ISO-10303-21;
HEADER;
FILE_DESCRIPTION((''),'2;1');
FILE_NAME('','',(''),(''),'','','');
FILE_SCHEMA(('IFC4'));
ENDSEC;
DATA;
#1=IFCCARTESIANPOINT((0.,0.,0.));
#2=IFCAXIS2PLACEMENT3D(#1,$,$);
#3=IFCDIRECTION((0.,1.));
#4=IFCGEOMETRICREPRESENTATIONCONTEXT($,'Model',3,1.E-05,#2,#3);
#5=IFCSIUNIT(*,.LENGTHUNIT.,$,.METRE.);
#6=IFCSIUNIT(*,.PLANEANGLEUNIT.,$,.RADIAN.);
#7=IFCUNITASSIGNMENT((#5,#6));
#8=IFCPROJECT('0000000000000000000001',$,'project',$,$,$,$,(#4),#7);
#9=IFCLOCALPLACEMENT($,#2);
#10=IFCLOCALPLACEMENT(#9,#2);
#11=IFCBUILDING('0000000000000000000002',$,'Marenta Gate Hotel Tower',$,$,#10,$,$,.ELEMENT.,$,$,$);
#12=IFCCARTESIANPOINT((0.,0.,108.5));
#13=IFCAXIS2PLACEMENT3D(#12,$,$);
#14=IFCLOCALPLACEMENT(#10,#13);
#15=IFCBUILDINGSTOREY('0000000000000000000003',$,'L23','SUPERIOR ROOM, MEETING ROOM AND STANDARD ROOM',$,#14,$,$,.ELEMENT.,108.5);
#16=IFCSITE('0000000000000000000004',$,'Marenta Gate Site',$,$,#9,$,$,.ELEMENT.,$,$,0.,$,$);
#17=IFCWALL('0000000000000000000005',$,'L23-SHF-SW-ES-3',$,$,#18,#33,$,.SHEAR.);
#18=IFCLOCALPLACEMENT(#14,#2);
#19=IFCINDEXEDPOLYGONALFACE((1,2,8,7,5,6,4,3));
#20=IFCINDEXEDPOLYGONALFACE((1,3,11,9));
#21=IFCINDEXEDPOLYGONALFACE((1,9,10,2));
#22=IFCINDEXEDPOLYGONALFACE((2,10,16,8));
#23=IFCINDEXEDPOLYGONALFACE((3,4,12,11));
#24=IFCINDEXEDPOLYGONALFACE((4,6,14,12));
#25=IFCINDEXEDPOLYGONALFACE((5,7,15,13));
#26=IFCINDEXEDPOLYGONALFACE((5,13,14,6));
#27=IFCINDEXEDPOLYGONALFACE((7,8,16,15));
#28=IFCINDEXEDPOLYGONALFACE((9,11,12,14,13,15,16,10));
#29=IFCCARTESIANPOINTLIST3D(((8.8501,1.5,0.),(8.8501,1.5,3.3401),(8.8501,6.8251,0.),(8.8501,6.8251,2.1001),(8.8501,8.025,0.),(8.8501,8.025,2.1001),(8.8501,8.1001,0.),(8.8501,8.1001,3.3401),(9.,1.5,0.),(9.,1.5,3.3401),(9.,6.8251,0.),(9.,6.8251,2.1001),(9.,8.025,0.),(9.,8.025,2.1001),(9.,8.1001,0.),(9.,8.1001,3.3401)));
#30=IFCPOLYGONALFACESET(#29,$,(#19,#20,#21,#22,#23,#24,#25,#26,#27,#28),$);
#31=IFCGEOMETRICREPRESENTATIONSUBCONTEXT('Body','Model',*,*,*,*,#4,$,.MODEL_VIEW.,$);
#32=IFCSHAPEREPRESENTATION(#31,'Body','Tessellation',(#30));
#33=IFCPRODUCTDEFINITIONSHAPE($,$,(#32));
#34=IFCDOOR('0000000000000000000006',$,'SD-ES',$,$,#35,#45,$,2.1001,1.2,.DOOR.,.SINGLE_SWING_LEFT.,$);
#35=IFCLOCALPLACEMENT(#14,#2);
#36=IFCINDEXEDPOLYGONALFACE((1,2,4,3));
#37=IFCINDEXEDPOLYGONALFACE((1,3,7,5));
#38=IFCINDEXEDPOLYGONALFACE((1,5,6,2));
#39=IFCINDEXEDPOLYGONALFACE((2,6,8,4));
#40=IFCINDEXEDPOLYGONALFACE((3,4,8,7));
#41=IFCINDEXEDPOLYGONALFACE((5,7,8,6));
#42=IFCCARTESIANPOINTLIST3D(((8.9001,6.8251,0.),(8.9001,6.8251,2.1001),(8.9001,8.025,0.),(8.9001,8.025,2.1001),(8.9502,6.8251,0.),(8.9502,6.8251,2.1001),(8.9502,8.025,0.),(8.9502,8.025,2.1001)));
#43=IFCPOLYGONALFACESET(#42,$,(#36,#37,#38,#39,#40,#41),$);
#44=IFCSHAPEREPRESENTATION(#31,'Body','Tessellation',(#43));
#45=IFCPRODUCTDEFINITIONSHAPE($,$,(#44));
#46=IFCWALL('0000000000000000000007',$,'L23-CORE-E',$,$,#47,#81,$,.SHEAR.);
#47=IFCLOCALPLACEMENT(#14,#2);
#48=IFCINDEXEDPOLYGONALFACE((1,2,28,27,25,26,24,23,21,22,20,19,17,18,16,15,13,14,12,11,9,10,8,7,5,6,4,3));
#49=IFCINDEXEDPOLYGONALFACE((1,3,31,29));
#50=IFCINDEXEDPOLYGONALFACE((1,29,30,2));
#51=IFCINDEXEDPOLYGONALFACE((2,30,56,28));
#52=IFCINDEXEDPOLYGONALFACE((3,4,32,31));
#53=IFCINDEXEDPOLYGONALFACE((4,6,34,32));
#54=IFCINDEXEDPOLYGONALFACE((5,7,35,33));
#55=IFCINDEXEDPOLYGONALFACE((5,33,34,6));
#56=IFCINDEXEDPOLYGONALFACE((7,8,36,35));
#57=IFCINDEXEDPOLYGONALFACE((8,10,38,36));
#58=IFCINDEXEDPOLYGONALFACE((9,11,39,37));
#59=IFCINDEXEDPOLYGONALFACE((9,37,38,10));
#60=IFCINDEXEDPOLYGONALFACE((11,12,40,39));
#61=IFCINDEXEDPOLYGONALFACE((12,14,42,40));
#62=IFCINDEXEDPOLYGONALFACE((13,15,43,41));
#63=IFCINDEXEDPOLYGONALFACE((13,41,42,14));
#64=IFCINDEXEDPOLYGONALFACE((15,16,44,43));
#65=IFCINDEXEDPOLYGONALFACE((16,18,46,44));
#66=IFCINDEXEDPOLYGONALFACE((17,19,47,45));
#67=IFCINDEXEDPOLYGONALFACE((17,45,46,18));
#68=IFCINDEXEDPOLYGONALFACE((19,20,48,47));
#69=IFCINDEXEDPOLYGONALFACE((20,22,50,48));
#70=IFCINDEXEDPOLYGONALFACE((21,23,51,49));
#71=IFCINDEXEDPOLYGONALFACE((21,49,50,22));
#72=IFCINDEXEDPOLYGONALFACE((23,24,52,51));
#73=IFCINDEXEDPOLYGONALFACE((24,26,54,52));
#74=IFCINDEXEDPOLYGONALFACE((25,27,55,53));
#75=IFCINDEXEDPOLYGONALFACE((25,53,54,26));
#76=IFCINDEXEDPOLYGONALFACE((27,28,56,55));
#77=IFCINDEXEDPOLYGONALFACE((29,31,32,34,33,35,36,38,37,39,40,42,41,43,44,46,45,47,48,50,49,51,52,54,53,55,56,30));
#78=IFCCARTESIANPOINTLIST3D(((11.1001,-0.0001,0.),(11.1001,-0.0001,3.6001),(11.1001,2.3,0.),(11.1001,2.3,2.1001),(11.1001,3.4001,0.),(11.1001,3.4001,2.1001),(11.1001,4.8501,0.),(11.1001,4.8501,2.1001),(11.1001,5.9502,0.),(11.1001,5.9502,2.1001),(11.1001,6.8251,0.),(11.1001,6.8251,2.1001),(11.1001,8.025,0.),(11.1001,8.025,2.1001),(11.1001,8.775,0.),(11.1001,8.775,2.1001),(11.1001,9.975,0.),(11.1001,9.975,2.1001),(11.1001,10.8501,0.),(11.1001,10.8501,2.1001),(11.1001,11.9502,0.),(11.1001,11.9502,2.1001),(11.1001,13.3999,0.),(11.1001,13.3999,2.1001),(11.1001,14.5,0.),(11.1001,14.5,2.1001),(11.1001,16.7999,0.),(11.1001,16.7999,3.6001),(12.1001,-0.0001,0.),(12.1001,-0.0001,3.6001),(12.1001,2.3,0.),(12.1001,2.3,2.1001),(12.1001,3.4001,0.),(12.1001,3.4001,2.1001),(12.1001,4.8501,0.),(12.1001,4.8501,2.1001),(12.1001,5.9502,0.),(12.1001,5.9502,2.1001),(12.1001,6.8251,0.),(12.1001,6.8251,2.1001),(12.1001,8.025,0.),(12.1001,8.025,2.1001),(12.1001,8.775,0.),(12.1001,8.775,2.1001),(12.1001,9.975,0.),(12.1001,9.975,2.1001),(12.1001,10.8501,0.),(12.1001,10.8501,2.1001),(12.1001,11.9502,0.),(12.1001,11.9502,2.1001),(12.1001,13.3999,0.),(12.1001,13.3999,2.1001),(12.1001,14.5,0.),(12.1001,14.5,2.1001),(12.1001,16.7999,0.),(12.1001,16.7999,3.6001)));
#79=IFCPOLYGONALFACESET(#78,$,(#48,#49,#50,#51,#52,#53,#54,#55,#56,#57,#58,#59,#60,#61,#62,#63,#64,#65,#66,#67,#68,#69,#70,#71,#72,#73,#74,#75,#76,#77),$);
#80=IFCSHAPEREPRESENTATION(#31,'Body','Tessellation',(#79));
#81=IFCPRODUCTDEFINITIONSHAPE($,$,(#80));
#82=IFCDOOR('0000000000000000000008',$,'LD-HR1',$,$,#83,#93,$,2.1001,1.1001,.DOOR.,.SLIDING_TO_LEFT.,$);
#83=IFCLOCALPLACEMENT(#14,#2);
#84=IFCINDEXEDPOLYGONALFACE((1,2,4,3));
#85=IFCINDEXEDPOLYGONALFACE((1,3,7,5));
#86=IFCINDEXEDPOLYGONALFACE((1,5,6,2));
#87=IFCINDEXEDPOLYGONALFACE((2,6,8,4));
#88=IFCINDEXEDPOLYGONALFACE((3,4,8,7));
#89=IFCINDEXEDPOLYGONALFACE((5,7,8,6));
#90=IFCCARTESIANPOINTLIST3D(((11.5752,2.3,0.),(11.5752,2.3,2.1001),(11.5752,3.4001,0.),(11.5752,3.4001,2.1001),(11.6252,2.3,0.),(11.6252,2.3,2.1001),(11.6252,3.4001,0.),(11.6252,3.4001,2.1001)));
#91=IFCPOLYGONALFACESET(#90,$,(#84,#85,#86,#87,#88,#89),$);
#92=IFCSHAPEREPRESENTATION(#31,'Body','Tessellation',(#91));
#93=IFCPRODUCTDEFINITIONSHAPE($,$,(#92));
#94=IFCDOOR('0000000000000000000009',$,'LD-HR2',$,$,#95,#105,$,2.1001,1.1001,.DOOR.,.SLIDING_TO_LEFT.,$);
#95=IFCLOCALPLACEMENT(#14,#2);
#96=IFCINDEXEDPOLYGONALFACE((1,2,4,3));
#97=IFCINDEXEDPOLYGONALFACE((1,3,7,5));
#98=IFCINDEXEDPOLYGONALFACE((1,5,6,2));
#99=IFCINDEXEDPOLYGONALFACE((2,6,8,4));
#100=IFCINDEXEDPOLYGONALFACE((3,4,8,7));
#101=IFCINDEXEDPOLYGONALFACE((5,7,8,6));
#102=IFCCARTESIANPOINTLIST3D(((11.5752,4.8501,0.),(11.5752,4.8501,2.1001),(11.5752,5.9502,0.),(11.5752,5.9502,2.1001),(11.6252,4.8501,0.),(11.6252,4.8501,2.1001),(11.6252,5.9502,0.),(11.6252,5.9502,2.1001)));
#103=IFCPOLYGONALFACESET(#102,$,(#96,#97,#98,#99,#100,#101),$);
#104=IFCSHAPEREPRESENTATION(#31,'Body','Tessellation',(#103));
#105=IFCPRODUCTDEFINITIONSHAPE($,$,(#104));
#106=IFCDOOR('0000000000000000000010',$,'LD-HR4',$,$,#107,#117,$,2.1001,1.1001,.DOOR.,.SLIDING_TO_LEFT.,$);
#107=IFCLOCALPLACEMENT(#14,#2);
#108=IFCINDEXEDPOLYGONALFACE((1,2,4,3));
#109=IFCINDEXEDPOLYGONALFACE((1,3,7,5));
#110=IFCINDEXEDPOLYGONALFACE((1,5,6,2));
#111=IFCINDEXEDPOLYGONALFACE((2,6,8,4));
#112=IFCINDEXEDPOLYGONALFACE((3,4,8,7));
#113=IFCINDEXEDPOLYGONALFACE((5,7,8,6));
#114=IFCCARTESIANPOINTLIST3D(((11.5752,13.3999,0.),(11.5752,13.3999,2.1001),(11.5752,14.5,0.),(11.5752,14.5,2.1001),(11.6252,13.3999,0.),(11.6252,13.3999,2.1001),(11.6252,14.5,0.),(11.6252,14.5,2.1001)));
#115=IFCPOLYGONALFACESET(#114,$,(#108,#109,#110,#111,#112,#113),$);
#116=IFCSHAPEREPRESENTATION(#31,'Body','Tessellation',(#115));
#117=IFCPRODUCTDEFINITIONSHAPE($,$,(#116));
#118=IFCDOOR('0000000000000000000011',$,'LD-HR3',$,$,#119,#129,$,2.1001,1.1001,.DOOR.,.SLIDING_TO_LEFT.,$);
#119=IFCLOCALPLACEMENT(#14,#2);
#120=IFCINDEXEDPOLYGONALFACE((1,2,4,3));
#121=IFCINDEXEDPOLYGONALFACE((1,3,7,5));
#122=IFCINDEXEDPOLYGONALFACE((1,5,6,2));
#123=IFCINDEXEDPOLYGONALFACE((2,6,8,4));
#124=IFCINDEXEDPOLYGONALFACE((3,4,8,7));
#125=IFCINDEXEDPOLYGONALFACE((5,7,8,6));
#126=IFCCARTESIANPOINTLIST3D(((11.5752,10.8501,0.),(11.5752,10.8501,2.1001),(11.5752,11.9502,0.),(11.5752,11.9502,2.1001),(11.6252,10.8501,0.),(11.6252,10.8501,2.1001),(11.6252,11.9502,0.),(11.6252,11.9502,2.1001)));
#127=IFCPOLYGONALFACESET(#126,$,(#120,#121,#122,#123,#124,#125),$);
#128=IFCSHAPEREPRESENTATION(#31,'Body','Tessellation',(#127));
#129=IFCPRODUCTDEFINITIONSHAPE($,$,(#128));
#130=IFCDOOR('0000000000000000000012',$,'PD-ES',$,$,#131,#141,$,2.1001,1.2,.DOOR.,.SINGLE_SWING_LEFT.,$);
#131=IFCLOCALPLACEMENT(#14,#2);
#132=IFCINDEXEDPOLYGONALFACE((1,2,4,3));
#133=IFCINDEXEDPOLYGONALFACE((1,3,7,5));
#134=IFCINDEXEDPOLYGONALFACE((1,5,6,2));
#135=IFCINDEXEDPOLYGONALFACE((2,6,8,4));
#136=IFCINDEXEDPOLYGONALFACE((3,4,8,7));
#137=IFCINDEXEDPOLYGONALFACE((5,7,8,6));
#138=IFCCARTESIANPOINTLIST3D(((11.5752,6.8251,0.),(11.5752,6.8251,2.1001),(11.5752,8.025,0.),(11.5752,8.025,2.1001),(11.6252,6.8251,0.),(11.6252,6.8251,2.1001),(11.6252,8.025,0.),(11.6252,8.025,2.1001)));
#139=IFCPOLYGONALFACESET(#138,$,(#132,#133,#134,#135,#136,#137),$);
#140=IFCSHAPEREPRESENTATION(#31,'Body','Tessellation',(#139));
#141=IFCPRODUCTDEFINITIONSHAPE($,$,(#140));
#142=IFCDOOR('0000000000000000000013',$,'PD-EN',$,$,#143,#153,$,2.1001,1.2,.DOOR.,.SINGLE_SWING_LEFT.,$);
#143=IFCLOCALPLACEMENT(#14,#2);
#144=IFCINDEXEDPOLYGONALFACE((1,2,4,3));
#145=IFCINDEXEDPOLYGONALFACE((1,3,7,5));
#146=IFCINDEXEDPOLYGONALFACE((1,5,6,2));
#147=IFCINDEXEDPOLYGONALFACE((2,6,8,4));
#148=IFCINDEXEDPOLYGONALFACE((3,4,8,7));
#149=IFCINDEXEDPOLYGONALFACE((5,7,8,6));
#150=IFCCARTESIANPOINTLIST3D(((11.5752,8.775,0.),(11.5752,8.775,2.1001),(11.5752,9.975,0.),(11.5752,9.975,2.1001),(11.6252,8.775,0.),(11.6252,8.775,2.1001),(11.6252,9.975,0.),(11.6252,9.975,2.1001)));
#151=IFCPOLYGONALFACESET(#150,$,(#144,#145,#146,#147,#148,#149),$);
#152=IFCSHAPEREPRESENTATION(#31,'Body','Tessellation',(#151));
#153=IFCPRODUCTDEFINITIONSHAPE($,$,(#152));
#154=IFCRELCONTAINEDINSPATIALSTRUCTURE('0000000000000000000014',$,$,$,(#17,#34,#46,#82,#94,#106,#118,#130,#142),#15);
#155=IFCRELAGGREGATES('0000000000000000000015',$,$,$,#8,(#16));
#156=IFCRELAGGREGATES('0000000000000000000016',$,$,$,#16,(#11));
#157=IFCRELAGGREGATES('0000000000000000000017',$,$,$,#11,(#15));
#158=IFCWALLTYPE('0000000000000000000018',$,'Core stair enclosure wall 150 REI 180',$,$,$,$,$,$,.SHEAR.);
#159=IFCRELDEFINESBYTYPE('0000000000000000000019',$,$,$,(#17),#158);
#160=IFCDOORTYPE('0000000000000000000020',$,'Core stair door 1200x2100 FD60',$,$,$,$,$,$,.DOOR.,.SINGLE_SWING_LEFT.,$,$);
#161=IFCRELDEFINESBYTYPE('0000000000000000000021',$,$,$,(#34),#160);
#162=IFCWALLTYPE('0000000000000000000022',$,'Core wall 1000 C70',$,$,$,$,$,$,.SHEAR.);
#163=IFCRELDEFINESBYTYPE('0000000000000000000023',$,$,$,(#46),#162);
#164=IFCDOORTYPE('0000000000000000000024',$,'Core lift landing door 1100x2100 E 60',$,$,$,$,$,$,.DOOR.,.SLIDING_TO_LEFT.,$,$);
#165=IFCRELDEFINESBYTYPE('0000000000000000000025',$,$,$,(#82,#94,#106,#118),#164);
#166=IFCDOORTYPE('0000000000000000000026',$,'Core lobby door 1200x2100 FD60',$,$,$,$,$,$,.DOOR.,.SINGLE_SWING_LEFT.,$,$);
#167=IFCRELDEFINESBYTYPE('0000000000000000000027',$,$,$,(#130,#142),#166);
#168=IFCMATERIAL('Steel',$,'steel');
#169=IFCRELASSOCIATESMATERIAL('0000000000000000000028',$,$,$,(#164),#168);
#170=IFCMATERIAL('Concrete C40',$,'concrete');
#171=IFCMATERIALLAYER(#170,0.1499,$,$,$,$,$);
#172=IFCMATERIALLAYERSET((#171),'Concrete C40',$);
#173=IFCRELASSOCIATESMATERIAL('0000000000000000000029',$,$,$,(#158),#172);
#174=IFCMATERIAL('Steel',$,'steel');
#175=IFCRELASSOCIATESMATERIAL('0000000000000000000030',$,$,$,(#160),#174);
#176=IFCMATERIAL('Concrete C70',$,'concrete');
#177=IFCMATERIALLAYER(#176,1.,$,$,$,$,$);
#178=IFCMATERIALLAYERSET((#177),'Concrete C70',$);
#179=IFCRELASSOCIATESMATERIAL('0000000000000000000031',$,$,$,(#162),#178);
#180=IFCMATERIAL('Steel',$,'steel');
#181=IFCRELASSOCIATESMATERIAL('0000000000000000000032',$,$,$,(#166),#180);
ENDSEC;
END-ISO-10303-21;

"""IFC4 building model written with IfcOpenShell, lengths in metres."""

from ifc_helpers import new_model, si_unit, direction, frame, frame_2d, origin, place, context, subcontext, project, spatial, rectangle, extrude, material, layer, layer_set, type_object, element, fill, save


model = new_model("IFC4")

# Units and contexts
model_context = context("Model", 3, precision=1e-05, world=origin(), true_north=direction((0.0, 1.0)))
body_context = subcontext(model_context, "Body", "Model", "MODEL_VIEW")
ifc_project = project(units=[si_unit("LENGTHUNIT", "METRE"), si_unit("PLANEANGLEUNIT", "RADIAN")], contexts=[model_context])

# Site, building, storey
site_placement = place(None, origin())
site = spatial("IfcSite", under=ifc_project, at=site_placement, Name="Marenta Gate Site", CompositionType="ELEMENT", RefElevation=0.0)
building_placement = place(site_placement, origin())
building = spatial("IfcBuilding", under=site, at=building_placement, Name="Marenta Gate Hotel Tower", CompositionType="ELEMENT")
storey_placement = place(building_placement, frame((0.0, 0.0, 108.5)))
storey = spatial("IfcBuildingStorey", under=building, at=storey_placement, Name="L23", Description="SUPERIOR ROOM, MEETING ROOM AND STANDARD ROOM", CompositionType="ELEMENT", Elevation=108.5)

# Shared definitions
ifc_material_1 = material(Name="Steel", Category="steel")
door_type_1 = type_object("IfcDoorType", Name="Core lift landing door 1100x2100 E 60", OperationType="SLIDING_TO_LEFT", PredefinedType="DOOR", material=ifc_material_1)

# Wall, opening, door
ifc_material_2 = material(Name="Concrete C40", Category="concrete")
ifc_layer_1 = layer(ifc_material_2, 0.1499)
ifc_layer_set_1 = layer_set([ifc_layer_1], Name="Concrete C40")
wall_type_1 = type_object("IfcWallType", Name="Core stair enclosure wall 150 REI 180", PredefinedType="SHEAR", material=ifc_layer_set_1)
wall_1_placement = place(storey_placement, frame((8.925, 1.5, 0.0), z_axis=(0.0, 0.0, 1.0), x_axis=(0.0, 1.0, 0.0)))
wall_1 = element("IfcWall", 1, at=wall_1_placement, inside=storey, type_object=wall_type_1, Name="L23-SHF-SW-ES-3", PredefinedType="SHEAR", context=body_context, shape_type="SweptSolid", body=[
    extrude(rectangle(XDim=6.6001, YDim=0.1499, at=frame_2d((3.3, 0.0))), origin(), (0.0, 0.0, 1.0), 3.3401),
])
opening_1_placement = place(wall_1_placement, frame((5.325, 0.0, 0.0)))
opening_1 = element("IfcOpeningElement", 2, at=opening_1_placement, cuts=wall_1, PredefinedType="OPENING", context=body_context, shape_type="SweptSolid", body=[
    extrude(rectangle(XDim=1.2, YDim=2.1001, at=frame_2d((0.6001, 1.05))), frame((0.0, 0.075, 0.0), z_axis=(0.0, -1.0, 0.0), x_axis=(1.0, 0.0, 0.0)), (0.0, 0.0, 1.0), 0.1499),
])
ifc_material_3 = material(Name="Steel", Category="steel")
door_type_2 = type_object("IfcDoorType", Name="Core stair door 1200x2100 FD60", OperationType="SINGLE_SWING_LEFT", PredefinedType="DOOR", material=ifc_material_3)
door_1_placement = place(opening_1_placement, origin())
door_1 = element("IfcDoor", 3, at=door_1_placement, inside=storey, type_object=door_type_2, Name="SD-ES", OperationType="SINGLE_SWING_LEFT", OverallHeight=2.1001, OverallWidth=1.2, PredefinedType="DOOR", context=body_context, shape_type="SweptSolid", body=[
    extrude(rectangle(XDim=1.2, YDim=2.1001, at=frame_2d((0.6001, 1.05))), frame((0.0, 0.0249, 0.0), z_axis=(0.0, -1.0, 0.0), x_axis=(1.0, 0.0, 0.0)), (0.0, 0.0, 1.0), 0.05),
])
fill(opening_1, door_1)

# Wall, openings, doors
ifc_material_4 = material(Name="Concrete C70", Category="concrete")
ifc_layer_2 = layer(ifc_material_4, 1.0)
ifc_layer_set_2 = layer_set([ifc_layer_2], Name="Concrete C70")
wall_type_2 = type_object("IfcWallType", Name="Core wall 1000 C70", PredefinedType="SHEAR", material=ifc_layer_set_2)
wall_2_placement = place(storey_placement, frame((11.6001, 0.0, 0.0), z_axis=(0.0, 0.0, 1.0), x_axis=(0.0, 1.0, 0.0)))
wall_2 = element("IfcWall", 4, at=wall_2_placement, inside=storey, type_object=wall_type_2, Name="L23-CORE-E", PredefinedType="SHEAR", context=body_context, shape_type="SweptSolid", body=[
    extrude(rectangle(XDim=16.8, YDim=1.0, at=frame_2d((8.3999, 0.0))), origin(), (0.0, 0.0, 1.0), 3.6001),
])
opening_2_placement = place(wall_2_placement, frame((2.3, 0.0, 0.0)))
opening_2 = element("IfcOpeningElement", 5, at=opening_2_placement, cuts=wall_2, PredefinedType="OPENING", context=body_context, shape_type="SweptSolid", body=[
    extrude(rectangle(XDim=1.1001, YDim=2.1001, at=frame_2d((0.55, 1.05))), frame((0.0, 0.5, 0.0), z_axis=(0.0, -1.0, 0.0), x_axis=(1.0, 0.0, 0.0)), (0.0, 0.0, 1.0), 1.0),
])
opening_3_placement = place(wall_2_placement, frame((4.8501, 0.0, 0.0)))
opening_3 = element("IfcOpeningElement", 6, at=opening_3_placement, cuts=wall_2, PredefinedType="OPENING", context=body_context, shape_type="SweptSolid", body=[
    extrude(rectangle(XDim=1.1001, YDim=2.1001, at=frame_2d((0.55, 1.05))), frame((0.0, 0.5, 0.0), z_axis=(0.0, -1.0, 0.0), x_axis=(1.0, 0.0, 0.0)), (0.0, 0.0, 1.0), 1.0),
])
opening_4_placement = place(wall_2_placement, frame((6.825, 0.0, 0.0)))
opening_4 = element("IfcOpeningElement", 7, at=opening_4_placement, cuts=wall_2, PredefinedType="OPENING", context=body_context, shape_type="SweptSolid", body=[
    extrude(rectangle(XDim=1.2, YDim=2.1001, at=frame_2d((0.6001, 1.05))), frame((0.0, 0.5, 0.0), z_axis=(0.0, -1.0, 0.0), x_axis=(1.0, 0.0, 0.0)), (0.0, 0.0, 1.0), 1.0),
])
opening_5_placement = place(wall_2_placement, frame((13.3999, 0.0, 0.0)))
opening_5 = element("IfcOpeningElement", 8, at=opening_5_placement, cuts=wall_2, PredefinedType="OPENING", context=body_context, shape_type="SweptSolid", body=[
    extrude(rectangle(XDim=1.1001, YDim=2.1001, at=frame_2d((0.55, 1.05))), frame((0.0, 0.5, 0.0), z_axis=(0.0, -1.0, 0.0), x_axis=(1.0, 0.0, 0.0)), (0.0, 0.0, 1.0), 1.0),
])
opening_6_placement = place(wall_2_placement, frame((10.8501, 0.0, 0.0)))
opening_6 = element("IfcOpeningElement", 9, at=opening_6_placement, cuts=wall_2, PredefinedType="OPENING", context=body_context, shape_type="SweptSolid", body=[
    extrude(rectangle(XDim=1.1001, YDim=2.1001, at=frame_2d((0.55, 1.05))), frame((0.0, 0.5, 0.0), z_axis=(0.0, -1.0, 0.0), x_axis=(1.0, 0.0, 0.0)), (0.0, 0.0, 1.0), 1.0),
])
opening_7_placement = place(wall_2_placement, frame((8.7749, 0.0, 0.0)))
opening_7 = element("IfcOpeningElement", 10, at=opening_7_placement, cuts=wall_2, PredefinedType="OPENING", context=body_context, shape_type="SweptSolid", body=[
    extrude(rectangle(XDim=1.2, YDim=2.1001, at=frame_2d((0.6001, 1.05))), frame((0.0, 0.5, 0.0), z_axis=(0.0, -1.0, 0.0), x_axis=(1.0, 0.0, 0.0)), (0.0, 0.0, 1.0), 1.0),
])
door_2_placement = place(opening_2_placement, origin())
door_2 = element("IfcDoor", 11, at=door_2_placement, inside=storey, type_object=door_type_1, Name="LD-HR1", OperationType="SLIDING_TO_LEFT", OverallHeight=2.1001, OverallWidth=1.1001, PredefinedType="DOOR", context=body_context, shape_type="SweptSolid", body=[
    extrude(rectangle(XDim=1.1001, YDim=2.1001, at=frame_2d((0.55, 1.05))), frame((0.0, 0.0249, 0.0), z_axis=(0.0, -1.0, 0.0), x_axis=(1.0, 0.0, 0.0)), (0.0, 0.0, 1.0), 0.05),
])
fill(opening_2, door_2)
door_3_placement = place(opening_3_placement, origin())
door_3 = element("IfcDoor", 12, at=door_3_placement, inside=storey, type_object=door_type_1, Name="LD-HR2", OperationType="SLIDING_TO_LEFT", OverallHeight=2.1001, OverallWidth=1.1001, PredefinedType="DOOR", context=body_context, shape_type="SweptSolid", body=[
    extrude(rectangle(XDim=1.1001, YDim=2.1001, at=frame_2d((0.55, 1.05))), frame((0.0, 0.0249, 0.0), z_axis=(0.0, -1.0, 0.0), x_axis=(1.0, 0.0, 0.0)), (0.0, 0.0, 1.0), 0.05),
])
fill(opening_3, door_3)
door_4_placement = place(opening_5_placement, origin())
door_4 = element("IfcDoor", 13, at=door_4_placement, inside=storey, type_object=door_type_1, Name="LD-HR4", OperationType="SLIDING_TO_LEFT", OverallHeight=2.1001, OverallWidth=1.1001, PredefinedType="DOOR", context=body_context, shape_type="SweptSolid", body=[
    extrude(rectangle(XDim=1.1001, YDim=2.1001, at=frame_2d((0.55, 1.05))), frame((0.0, 0.0249, 0.0), z_axis=(0.0, -1.0, 0.0), x_axis=(1.0, 0.0, 0.0)), (0.0, 0.0, 1.0), 0.05),
])
fill(opening_5, door_4)
door_5_placement = place(opening_6_placement, origin())
door_5 = element("IfcDoor", 14, at=door_5_placement, inside=storey, type_object=door_type_1, Name="LD-HR3", OperationType="SLIDING_TO_LEFT", OverallHeight=2.1001, OverallWidth=1.1001, PredefinedType="DOOR", context=body_context, shape_type="SweptSolid", body=[
    extrude(rectangle(XDim=1.1001, YDim=2.1001, at=frame_2d((0.55, 1.05))), frame((0.0, 0.0249, 0.0), z_axis=(0.0, -1.0, 0.0), x_axis=(1.0, 0.0, 0.0)), (0.0, 0.0, 1.0), 0.05),
])
fill(opening_6, door_5)
ifc_material_5 = material(Name="Steel", Category="steel")
door_type_3 = type_object("IfcDoorType", Name="Core lobby door 1200x2100 FD60", OperationType="SINGLE_SWING_LEFT", PredefinedType="DOOR", material=ifc_material_5)
door_6_placement = place(opening_4_placement, origin())
door_6 = element("IfcDoor", 15, at=door_6_placement, inside=storey, type_object=door_type_3, Name="PD-ES", OperationType="SINGLE_SWING_LEFT", OverallHeight=2.1001, OverallWidth=1.2, PredefinedType="DOOR", context=body_context, shape_type="SweptSolid", body=[
    extrude(rectangle(XDim=1.2, YDim=2.1001, at=frame_2d((0.6001, 1.05))), frame((0.0, 0.0249, 0.0), z_axis=(0.0, -1.0, 0.0), x_axis=(1.0, 0.0, 0.0)), (0.0, 0.0, 1.0), 0.05),
])
fill(opening_4, door_6)
door_7_placement = place(opening_7_placement, origin())
door_7 = element("IfcDoor", 16, at=door_7_placement, inside=storey, type_object=door_type_3, Name="PD-EN", OperationType="SINGLE_SWING_LEFT", OverallHeight=2.1001, OverallWidth=1.2, PredefinedType="DOOR", context=body_context, shape_type="SweptSolid", body=[
    extrude(rectangle(XDim=1.2, YDim=2.1001, at=frame_2d((0.6001, 1.05))), frame((0.0, 0.0249, 0.0), z_axis=(0.0, -1.0, 0.0), x_axis=(1.0, 0.0, 0.0)), (0.0, 0.0, 1.0), 0.05),
])
fill(opening_7, door_7)

save(model, "model.ifc")
